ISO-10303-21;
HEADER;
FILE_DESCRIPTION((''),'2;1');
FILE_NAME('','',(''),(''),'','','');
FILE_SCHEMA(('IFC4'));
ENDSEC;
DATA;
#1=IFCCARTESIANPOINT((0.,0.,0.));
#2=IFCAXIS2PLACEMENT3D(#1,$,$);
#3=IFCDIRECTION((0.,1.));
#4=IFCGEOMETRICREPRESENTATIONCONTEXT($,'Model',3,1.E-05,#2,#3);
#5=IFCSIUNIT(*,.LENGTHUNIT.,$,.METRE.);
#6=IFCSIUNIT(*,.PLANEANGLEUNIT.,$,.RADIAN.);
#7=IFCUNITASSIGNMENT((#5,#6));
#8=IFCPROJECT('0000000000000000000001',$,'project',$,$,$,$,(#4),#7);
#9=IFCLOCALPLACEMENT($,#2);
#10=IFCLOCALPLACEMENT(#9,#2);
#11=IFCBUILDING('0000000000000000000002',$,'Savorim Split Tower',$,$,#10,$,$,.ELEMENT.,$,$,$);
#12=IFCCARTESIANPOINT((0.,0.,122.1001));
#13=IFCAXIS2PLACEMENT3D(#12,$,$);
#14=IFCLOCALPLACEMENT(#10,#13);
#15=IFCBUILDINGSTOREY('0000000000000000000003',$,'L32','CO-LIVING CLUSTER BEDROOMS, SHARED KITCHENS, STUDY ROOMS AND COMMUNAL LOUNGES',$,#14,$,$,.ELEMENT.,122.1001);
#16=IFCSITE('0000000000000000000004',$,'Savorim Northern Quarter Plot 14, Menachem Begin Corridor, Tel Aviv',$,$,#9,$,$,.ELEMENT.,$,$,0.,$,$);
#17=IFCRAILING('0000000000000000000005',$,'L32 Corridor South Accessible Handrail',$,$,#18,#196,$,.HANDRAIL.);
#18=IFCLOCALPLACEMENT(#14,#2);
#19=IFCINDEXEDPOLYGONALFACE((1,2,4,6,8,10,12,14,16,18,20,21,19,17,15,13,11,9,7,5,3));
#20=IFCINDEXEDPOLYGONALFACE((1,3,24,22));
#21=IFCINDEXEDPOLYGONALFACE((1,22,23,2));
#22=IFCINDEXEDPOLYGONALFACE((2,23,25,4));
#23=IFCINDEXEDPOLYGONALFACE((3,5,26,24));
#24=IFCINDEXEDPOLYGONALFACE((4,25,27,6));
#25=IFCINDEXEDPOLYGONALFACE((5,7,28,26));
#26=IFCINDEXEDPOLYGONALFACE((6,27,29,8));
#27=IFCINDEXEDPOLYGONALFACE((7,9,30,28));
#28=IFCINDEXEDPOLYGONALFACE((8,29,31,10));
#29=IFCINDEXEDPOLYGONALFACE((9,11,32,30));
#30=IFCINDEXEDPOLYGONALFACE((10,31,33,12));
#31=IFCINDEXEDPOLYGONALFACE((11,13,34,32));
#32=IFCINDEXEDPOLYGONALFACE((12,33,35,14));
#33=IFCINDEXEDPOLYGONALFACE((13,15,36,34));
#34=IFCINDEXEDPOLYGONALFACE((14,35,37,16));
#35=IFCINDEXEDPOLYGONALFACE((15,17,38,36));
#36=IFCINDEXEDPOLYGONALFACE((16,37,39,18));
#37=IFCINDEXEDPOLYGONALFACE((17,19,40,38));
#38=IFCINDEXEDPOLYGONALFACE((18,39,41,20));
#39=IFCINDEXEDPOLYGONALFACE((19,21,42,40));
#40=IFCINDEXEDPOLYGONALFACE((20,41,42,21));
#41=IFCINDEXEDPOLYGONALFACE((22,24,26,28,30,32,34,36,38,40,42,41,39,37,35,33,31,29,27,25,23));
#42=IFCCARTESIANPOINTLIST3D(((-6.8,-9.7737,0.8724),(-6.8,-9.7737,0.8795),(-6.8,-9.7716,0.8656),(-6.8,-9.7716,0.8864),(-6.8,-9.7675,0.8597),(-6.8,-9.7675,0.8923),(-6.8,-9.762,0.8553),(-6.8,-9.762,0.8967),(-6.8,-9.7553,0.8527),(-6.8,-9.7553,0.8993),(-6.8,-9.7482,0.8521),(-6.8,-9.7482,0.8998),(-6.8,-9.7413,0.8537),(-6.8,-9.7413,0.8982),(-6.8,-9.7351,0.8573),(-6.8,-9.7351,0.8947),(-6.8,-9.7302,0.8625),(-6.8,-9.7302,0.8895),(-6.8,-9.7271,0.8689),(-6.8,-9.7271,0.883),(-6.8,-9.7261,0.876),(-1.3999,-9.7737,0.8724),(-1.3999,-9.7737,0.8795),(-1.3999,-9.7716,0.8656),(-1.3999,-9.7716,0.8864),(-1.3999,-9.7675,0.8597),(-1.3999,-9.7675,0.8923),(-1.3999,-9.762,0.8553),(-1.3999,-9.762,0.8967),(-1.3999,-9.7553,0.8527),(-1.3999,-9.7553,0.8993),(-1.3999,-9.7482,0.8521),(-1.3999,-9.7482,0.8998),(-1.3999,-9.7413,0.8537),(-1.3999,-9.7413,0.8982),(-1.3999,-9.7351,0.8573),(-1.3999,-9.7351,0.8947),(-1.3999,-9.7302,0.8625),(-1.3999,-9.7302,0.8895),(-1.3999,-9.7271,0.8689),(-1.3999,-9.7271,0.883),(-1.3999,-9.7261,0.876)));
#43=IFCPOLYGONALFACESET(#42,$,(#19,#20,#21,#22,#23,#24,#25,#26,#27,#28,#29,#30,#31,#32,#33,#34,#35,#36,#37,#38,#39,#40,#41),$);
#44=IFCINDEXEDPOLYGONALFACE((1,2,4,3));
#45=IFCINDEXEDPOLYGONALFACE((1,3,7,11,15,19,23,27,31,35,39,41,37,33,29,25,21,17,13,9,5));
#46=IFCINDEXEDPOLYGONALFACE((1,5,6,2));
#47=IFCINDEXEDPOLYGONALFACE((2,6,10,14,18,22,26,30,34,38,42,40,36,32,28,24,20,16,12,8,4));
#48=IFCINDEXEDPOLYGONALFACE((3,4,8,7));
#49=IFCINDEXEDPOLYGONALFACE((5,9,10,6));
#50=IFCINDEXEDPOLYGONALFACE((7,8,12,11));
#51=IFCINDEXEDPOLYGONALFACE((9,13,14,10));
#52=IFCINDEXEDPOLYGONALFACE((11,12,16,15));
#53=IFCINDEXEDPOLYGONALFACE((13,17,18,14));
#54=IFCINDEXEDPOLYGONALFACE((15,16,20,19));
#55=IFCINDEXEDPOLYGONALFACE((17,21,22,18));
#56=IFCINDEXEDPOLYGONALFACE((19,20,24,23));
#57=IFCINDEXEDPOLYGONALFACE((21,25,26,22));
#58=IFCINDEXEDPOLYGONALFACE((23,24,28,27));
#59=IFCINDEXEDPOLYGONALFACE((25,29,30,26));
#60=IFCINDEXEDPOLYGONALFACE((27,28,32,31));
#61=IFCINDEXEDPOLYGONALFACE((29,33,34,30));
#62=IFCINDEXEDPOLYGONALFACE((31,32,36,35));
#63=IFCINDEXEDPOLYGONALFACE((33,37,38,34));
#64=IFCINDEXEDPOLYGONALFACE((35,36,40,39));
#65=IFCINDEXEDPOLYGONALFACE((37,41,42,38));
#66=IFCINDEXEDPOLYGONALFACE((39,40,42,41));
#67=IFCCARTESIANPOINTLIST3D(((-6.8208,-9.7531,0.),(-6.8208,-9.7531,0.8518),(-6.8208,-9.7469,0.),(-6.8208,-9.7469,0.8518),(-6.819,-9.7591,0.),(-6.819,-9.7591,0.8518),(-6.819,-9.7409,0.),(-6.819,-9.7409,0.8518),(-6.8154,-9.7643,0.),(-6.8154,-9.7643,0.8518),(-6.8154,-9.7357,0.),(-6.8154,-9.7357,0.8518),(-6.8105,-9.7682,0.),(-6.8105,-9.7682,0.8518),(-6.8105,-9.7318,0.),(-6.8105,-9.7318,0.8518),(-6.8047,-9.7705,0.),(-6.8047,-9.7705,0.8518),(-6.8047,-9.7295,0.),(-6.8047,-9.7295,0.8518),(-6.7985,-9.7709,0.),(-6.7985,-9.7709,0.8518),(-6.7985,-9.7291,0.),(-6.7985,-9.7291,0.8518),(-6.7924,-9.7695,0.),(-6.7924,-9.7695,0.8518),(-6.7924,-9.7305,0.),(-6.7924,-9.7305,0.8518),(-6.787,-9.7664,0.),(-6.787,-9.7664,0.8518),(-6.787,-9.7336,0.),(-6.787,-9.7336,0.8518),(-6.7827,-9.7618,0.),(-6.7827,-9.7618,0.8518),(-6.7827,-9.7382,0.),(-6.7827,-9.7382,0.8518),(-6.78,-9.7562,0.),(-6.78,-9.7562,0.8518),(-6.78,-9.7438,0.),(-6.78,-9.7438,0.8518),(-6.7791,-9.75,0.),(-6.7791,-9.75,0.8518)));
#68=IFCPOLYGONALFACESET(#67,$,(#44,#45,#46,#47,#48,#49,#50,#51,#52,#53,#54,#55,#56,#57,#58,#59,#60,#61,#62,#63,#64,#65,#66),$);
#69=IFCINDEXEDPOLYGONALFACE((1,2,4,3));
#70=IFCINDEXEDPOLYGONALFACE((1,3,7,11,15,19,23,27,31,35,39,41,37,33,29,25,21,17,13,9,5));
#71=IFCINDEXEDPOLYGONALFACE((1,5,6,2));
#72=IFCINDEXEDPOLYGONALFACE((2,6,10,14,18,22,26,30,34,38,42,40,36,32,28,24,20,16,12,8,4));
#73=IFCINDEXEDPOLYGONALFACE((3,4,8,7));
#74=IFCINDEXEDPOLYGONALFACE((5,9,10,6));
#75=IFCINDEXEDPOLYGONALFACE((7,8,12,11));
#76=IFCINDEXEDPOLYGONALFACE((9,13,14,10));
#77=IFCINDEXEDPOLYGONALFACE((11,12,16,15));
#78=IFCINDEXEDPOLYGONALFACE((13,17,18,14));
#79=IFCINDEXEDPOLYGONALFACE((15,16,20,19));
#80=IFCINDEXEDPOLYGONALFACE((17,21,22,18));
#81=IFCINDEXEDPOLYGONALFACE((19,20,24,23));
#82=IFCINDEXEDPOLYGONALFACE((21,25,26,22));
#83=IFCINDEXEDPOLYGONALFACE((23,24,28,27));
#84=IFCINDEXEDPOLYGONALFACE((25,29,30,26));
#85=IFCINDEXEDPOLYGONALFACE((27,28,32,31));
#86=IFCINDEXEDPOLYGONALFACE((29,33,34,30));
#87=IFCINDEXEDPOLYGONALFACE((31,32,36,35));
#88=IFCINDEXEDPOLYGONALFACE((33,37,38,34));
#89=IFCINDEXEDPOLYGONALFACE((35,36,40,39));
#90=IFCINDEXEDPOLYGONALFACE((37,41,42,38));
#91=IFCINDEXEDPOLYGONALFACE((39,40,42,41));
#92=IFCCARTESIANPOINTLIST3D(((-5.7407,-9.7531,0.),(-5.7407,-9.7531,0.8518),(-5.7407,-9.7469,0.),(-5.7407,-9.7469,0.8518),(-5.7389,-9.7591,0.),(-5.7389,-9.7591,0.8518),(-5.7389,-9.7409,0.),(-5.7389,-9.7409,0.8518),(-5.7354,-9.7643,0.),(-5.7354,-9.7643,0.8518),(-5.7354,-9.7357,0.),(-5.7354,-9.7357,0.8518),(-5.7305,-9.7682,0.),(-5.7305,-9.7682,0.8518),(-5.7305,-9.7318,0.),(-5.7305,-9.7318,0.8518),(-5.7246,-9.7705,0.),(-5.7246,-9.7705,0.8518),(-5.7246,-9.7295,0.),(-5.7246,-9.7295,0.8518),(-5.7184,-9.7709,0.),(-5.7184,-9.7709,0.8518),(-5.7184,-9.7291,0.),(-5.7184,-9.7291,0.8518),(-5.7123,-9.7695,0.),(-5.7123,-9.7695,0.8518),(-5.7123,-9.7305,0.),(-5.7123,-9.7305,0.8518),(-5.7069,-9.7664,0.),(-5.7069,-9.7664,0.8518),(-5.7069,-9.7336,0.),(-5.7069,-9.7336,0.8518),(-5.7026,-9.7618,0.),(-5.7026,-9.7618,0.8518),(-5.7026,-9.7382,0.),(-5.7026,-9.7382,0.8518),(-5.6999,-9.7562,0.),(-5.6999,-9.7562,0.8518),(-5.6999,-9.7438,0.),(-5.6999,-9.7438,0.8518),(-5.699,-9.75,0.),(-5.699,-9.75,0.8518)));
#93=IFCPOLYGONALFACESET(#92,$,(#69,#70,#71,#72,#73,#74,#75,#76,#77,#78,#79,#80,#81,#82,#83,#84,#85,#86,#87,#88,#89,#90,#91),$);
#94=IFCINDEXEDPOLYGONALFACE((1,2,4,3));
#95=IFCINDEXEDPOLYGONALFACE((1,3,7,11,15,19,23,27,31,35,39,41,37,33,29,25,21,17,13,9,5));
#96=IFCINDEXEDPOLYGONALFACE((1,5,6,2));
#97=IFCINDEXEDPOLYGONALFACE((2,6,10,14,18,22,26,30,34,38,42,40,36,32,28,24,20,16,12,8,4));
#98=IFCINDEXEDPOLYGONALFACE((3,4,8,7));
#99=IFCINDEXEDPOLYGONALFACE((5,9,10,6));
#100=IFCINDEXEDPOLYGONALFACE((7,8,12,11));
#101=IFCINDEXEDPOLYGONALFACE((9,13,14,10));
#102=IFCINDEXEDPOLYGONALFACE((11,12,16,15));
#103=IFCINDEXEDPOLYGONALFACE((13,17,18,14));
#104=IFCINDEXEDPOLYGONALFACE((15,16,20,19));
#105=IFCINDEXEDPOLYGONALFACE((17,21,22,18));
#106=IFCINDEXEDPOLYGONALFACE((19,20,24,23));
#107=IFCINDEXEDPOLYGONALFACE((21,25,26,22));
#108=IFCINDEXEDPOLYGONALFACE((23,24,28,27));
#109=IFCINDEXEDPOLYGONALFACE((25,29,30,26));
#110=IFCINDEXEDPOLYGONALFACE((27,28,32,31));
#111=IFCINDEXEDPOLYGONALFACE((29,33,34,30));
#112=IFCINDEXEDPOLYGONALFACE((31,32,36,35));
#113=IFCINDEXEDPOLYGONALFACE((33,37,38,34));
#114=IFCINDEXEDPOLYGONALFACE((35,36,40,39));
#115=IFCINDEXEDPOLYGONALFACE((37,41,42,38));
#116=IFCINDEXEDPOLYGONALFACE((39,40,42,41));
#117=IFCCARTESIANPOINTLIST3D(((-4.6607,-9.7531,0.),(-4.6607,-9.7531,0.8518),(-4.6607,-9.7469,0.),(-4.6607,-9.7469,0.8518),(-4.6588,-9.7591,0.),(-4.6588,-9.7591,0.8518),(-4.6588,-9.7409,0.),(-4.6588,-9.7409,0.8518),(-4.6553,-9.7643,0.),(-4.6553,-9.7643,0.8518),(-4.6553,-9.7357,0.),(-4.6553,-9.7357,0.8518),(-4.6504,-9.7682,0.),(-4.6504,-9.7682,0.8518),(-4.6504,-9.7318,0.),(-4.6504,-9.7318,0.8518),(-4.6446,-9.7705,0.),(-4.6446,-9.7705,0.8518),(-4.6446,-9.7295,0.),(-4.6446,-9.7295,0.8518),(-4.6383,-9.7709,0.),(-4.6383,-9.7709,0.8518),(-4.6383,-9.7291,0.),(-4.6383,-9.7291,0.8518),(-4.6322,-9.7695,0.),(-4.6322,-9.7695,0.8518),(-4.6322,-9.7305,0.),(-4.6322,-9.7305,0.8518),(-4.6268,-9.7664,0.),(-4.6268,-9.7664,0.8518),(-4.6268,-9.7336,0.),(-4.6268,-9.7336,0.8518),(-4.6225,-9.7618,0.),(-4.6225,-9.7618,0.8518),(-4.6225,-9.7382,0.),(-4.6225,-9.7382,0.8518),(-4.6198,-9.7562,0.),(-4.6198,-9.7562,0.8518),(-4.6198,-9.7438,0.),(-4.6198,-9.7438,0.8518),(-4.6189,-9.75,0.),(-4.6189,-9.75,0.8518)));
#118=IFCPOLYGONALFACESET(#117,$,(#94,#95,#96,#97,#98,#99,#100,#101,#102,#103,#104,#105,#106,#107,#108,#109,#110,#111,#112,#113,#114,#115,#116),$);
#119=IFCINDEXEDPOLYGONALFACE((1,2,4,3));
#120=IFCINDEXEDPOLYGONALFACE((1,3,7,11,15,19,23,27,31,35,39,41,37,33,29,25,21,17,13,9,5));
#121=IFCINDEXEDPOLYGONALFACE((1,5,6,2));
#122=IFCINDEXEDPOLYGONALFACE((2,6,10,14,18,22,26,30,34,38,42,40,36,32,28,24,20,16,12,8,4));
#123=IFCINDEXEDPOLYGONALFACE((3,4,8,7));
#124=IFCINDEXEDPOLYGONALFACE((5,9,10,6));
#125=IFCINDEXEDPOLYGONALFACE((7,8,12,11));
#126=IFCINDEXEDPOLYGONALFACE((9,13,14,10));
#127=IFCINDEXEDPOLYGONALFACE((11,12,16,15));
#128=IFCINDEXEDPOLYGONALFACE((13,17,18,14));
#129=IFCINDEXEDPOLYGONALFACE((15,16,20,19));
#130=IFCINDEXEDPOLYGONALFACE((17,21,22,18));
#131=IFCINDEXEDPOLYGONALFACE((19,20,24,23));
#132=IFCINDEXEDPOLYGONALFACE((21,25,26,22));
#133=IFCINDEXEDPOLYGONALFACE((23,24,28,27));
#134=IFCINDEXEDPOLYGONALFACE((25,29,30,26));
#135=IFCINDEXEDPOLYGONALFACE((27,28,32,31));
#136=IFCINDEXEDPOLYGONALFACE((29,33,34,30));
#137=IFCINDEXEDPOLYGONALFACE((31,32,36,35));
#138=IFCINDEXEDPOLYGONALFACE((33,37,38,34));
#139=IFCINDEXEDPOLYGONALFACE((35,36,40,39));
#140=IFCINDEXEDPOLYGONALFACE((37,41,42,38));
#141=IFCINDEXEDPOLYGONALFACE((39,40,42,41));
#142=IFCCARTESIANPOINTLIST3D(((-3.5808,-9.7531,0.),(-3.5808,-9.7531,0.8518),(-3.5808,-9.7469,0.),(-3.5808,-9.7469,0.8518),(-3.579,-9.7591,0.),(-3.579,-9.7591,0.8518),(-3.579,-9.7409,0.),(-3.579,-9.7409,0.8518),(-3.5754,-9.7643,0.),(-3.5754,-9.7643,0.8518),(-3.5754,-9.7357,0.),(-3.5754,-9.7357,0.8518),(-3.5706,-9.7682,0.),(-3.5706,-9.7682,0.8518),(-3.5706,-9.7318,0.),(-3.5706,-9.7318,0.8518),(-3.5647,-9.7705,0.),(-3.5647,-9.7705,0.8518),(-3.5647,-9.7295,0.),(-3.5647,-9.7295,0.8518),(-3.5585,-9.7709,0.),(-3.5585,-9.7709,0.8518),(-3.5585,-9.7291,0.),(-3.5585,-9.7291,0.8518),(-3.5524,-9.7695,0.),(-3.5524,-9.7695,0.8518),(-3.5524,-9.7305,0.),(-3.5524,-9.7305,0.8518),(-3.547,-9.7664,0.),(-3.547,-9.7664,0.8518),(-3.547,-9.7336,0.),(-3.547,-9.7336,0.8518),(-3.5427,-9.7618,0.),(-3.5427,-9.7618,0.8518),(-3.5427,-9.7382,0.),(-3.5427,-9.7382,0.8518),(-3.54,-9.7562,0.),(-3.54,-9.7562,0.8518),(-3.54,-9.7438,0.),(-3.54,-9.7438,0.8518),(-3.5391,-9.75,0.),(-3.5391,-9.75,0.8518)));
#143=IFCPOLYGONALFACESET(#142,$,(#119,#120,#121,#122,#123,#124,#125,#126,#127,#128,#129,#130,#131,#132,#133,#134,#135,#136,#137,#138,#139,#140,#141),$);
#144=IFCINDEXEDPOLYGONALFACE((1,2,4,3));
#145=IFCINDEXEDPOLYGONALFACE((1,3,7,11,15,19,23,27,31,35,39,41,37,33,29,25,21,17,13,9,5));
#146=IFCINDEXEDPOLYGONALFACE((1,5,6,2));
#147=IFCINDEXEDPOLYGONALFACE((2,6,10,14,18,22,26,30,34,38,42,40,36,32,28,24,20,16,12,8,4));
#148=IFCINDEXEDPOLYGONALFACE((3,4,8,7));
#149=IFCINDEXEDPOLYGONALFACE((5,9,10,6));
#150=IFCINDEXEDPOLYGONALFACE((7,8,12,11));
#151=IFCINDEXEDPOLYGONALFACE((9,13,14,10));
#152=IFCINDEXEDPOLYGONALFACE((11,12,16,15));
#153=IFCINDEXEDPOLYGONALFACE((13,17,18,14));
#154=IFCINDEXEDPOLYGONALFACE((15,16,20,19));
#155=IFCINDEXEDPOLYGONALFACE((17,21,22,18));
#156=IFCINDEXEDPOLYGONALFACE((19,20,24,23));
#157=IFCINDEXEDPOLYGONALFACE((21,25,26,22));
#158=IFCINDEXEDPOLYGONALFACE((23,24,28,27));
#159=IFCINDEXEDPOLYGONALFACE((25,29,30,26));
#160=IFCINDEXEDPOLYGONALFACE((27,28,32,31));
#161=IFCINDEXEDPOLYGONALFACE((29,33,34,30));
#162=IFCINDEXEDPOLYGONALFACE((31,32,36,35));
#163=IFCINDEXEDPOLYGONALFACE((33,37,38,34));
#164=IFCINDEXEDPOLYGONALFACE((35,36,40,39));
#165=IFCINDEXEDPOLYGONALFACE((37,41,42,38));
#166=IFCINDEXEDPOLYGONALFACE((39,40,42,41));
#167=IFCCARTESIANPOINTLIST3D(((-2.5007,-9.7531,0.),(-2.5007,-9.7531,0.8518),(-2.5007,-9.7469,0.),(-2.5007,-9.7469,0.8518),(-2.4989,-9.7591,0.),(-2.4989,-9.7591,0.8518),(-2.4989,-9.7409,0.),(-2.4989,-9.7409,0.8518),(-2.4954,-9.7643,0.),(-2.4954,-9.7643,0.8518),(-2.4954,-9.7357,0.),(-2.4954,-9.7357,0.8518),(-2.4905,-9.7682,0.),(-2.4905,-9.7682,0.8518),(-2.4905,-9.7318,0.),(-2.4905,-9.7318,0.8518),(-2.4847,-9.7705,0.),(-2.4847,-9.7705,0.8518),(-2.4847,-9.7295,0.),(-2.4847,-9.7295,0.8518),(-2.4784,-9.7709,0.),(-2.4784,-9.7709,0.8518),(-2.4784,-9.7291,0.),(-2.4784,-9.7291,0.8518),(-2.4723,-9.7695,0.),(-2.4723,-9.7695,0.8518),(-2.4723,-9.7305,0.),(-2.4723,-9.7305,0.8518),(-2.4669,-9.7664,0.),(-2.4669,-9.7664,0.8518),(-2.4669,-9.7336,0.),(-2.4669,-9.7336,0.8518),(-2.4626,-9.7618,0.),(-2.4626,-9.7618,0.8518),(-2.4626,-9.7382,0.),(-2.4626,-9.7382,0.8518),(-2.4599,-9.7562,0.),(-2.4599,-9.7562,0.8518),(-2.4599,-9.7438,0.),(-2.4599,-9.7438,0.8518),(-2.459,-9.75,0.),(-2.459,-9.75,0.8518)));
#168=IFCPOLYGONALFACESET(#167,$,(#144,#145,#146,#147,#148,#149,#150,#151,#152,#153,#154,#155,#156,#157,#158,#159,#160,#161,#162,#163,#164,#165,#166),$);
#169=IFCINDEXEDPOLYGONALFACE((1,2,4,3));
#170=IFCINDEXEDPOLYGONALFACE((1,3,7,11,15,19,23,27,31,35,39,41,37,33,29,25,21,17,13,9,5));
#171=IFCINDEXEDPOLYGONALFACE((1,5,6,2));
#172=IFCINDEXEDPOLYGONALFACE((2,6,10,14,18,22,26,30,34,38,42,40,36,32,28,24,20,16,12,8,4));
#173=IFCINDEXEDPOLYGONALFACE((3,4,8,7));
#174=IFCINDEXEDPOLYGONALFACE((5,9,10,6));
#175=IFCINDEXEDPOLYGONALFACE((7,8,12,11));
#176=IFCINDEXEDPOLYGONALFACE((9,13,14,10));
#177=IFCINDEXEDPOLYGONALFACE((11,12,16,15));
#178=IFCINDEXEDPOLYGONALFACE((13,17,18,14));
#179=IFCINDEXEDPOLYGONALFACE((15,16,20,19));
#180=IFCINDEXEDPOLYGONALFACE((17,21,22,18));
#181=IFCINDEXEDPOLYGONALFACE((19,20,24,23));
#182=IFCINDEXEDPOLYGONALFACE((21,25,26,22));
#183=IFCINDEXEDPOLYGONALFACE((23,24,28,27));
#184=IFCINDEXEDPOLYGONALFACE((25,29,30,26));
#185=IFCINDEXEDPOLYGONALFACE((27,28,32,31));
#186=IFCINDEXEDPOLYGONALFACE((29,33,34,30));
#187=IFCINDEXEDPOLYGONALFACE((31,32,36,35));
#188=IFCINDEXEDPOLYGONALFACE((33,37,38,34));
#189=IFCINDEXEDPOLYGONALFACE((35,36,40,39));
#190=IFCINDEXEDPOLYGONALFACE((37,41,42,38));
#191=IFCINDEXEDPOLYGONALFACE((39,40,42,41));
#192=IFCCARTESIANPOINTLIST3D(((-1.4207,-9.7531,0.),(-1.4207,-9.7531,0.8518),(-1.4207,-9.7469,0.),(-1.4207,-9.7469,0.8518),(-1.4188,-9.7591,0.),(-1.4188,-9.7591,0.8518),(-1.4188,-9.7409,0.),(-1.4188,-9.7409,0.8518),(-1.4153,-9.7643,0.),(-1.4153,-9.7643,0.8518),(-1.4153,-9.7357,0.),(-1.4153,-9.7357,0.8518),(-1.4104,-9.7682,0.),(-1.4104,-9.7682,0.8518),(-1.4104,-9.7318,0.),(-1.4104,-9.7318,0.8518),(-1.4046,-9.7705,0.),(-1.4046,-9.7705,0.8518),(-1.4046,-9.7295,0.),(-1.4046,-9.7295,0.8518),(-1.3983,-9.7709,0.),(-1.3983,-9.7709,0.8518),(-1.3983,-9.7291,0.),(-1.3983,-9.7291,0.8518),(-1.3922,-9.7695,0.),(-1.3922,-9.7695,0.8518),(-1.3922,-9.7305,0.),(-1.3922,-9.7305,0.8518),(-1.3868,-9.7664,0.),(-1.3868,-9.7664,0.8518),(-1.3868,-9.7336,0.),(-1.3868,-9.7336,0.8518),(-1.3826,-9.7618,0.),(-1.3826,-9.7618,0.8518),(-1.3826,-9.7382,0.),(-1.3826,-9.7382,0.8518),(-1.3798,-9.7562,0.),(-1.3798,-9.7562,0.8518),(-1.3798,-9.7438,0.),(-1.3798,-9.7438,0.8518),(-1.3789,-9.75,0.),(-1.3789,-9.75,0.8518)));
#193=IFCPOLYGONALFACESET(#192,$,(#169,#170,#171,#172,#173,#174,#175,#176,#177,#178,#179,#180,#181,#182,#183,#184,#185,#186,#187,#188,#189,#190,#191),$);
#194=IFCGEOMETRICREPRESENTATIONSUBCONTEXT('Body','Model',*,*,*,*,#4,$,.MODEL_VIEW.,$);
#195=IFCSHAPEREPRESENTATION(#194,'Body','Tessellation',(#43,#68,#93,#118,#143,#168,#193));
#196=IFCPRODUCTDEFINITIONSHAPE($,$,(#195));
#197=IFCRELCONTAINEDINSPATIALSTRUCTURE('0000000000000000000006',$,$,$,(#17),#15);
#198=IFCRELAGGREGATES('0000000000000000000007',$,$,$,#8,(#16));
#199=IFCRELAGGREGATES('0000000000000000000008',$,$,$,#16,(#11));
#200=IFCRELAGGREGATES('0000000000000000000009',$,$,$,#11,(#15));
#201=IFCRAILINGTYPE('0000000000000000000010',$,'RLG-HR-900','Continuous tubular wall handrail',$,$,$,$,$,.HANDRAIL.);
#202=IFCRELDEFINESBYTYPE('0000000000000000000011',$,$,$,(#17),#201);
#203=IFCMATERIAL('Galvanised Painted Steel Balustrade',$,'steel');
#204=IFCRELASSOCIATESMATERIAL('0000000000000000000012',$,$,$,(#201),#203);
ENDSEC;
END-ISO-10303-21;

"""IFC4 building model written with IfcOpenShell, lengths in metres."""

from ifc_helpers import new_model, si_unit, direction, frame, origin, origin_2d, place, context, subcontext, project, spatial, circle, extrude, material, type_object, element, save


model = new_model("IFC4")

# Units and contexts
model_context = context("Model", 3, precision=1e-05, world=origin(), true_north=direction((0.0, 1.0)))
body_context = subcontext(model_context, "Body", "Model", "MODEL_VIEW")
ifc_project = project(units=[si_unit("LENGTHUNIT", "METRE"), si_unit("PLANEANGLEUNIT", "RADIAN")], contexts=[model_context])

# Site, building, storey
site_placement = place(None, origin())
site = spatial("IfcSite", under=ifc_project, at=site_placement, Name="Savorim Northern Quarter Plot 14, Menachem Begin Corridor, Tel Aviv", CompositionType="ELEMENT", RefElevation=0.0)
building_placement = place(site_placement, origin())
building = spatial("IfcBuilding", under=site, at=building_placement, Name="Savorim Split Tower", CompositionType="ELEMENT")
storey_placement = place(building_placement, frame((0.0, 0.0, 122.1001)))
storey = spatial("IfcBuildingStorey", under=building, at=storey_placement, Name="L32", Description="CO-LIVING CLUSTER BEDROOMS, SHARED KITCHENS, STUDY ROOMS AND COMMUNAL LOUNGES", CompositionType="ELEMENT", Elevation=122.1001)

# Railing
ifc_material_1 = material(Name="Galvanised Painted Steel Balustrade", Category="steel")
railing_type_1 = type_object("IfcRailingType", Name="RLG-HR-900", Description="Continuous tubular wall handrail", PredefinedType="HANDRAIL", material=ifc_material_1)
railing_1_placement = place(storey_placement, frame((-6.8, -9.75, 0.0)))
element("IfcRailing", 1, at=railing_1_placement, inside=storey, type_object=railing_type_1, Name="L32 Corridor South Accessible Handrail", PredefinedType="HANDRAIL", context=body_context, shape_type="SweptSolid", body=[
    extrude(circle(Radius=0.0239, at=origin_2d()), frame((0.0, 0.0, 0.876), z_axis=(1.0, 0.0, 0.0), x_axis=(0.0, 1.0, 0.0)), (0.0, 0.0, 1.0), 5.4001),
    extrude(circle(Radius=0.021, at=origin_2d()), origin(), (0.0, 0.0, 1.0), 0.8518),
    extrude(circle(Radius=0.021, at=origin_2d()), frame((1.0801, 0.0, 0.0)), (0.0, 0.0, 1.0), 0.8518),
    extrude(circle(Radius=0.021, at=origin_2d()), frame((2.1602, 0.0, 0.0)), (0.0, 0.0, 1.0), 0.8518),
    extrude(circle(Radius=0.021, at=origin_2d()), frame((3.24, 0.0, 0.0)), (0.0, 0.0, 1.0), 0.8518),
    extrude(circle(Radius=0.021, at=origin_2d()), frame((4.3201, 0.0, 0.0)), (0.0, 0.0, 1.0), 0.8518),
    extrude(circle(Radius=0.021, at=origin_2d()), frame((5.4001, 0.0, 0.0)), (0.0, 0.0, 1.0), 0.8518),
])

save(model, "model.ifc")
